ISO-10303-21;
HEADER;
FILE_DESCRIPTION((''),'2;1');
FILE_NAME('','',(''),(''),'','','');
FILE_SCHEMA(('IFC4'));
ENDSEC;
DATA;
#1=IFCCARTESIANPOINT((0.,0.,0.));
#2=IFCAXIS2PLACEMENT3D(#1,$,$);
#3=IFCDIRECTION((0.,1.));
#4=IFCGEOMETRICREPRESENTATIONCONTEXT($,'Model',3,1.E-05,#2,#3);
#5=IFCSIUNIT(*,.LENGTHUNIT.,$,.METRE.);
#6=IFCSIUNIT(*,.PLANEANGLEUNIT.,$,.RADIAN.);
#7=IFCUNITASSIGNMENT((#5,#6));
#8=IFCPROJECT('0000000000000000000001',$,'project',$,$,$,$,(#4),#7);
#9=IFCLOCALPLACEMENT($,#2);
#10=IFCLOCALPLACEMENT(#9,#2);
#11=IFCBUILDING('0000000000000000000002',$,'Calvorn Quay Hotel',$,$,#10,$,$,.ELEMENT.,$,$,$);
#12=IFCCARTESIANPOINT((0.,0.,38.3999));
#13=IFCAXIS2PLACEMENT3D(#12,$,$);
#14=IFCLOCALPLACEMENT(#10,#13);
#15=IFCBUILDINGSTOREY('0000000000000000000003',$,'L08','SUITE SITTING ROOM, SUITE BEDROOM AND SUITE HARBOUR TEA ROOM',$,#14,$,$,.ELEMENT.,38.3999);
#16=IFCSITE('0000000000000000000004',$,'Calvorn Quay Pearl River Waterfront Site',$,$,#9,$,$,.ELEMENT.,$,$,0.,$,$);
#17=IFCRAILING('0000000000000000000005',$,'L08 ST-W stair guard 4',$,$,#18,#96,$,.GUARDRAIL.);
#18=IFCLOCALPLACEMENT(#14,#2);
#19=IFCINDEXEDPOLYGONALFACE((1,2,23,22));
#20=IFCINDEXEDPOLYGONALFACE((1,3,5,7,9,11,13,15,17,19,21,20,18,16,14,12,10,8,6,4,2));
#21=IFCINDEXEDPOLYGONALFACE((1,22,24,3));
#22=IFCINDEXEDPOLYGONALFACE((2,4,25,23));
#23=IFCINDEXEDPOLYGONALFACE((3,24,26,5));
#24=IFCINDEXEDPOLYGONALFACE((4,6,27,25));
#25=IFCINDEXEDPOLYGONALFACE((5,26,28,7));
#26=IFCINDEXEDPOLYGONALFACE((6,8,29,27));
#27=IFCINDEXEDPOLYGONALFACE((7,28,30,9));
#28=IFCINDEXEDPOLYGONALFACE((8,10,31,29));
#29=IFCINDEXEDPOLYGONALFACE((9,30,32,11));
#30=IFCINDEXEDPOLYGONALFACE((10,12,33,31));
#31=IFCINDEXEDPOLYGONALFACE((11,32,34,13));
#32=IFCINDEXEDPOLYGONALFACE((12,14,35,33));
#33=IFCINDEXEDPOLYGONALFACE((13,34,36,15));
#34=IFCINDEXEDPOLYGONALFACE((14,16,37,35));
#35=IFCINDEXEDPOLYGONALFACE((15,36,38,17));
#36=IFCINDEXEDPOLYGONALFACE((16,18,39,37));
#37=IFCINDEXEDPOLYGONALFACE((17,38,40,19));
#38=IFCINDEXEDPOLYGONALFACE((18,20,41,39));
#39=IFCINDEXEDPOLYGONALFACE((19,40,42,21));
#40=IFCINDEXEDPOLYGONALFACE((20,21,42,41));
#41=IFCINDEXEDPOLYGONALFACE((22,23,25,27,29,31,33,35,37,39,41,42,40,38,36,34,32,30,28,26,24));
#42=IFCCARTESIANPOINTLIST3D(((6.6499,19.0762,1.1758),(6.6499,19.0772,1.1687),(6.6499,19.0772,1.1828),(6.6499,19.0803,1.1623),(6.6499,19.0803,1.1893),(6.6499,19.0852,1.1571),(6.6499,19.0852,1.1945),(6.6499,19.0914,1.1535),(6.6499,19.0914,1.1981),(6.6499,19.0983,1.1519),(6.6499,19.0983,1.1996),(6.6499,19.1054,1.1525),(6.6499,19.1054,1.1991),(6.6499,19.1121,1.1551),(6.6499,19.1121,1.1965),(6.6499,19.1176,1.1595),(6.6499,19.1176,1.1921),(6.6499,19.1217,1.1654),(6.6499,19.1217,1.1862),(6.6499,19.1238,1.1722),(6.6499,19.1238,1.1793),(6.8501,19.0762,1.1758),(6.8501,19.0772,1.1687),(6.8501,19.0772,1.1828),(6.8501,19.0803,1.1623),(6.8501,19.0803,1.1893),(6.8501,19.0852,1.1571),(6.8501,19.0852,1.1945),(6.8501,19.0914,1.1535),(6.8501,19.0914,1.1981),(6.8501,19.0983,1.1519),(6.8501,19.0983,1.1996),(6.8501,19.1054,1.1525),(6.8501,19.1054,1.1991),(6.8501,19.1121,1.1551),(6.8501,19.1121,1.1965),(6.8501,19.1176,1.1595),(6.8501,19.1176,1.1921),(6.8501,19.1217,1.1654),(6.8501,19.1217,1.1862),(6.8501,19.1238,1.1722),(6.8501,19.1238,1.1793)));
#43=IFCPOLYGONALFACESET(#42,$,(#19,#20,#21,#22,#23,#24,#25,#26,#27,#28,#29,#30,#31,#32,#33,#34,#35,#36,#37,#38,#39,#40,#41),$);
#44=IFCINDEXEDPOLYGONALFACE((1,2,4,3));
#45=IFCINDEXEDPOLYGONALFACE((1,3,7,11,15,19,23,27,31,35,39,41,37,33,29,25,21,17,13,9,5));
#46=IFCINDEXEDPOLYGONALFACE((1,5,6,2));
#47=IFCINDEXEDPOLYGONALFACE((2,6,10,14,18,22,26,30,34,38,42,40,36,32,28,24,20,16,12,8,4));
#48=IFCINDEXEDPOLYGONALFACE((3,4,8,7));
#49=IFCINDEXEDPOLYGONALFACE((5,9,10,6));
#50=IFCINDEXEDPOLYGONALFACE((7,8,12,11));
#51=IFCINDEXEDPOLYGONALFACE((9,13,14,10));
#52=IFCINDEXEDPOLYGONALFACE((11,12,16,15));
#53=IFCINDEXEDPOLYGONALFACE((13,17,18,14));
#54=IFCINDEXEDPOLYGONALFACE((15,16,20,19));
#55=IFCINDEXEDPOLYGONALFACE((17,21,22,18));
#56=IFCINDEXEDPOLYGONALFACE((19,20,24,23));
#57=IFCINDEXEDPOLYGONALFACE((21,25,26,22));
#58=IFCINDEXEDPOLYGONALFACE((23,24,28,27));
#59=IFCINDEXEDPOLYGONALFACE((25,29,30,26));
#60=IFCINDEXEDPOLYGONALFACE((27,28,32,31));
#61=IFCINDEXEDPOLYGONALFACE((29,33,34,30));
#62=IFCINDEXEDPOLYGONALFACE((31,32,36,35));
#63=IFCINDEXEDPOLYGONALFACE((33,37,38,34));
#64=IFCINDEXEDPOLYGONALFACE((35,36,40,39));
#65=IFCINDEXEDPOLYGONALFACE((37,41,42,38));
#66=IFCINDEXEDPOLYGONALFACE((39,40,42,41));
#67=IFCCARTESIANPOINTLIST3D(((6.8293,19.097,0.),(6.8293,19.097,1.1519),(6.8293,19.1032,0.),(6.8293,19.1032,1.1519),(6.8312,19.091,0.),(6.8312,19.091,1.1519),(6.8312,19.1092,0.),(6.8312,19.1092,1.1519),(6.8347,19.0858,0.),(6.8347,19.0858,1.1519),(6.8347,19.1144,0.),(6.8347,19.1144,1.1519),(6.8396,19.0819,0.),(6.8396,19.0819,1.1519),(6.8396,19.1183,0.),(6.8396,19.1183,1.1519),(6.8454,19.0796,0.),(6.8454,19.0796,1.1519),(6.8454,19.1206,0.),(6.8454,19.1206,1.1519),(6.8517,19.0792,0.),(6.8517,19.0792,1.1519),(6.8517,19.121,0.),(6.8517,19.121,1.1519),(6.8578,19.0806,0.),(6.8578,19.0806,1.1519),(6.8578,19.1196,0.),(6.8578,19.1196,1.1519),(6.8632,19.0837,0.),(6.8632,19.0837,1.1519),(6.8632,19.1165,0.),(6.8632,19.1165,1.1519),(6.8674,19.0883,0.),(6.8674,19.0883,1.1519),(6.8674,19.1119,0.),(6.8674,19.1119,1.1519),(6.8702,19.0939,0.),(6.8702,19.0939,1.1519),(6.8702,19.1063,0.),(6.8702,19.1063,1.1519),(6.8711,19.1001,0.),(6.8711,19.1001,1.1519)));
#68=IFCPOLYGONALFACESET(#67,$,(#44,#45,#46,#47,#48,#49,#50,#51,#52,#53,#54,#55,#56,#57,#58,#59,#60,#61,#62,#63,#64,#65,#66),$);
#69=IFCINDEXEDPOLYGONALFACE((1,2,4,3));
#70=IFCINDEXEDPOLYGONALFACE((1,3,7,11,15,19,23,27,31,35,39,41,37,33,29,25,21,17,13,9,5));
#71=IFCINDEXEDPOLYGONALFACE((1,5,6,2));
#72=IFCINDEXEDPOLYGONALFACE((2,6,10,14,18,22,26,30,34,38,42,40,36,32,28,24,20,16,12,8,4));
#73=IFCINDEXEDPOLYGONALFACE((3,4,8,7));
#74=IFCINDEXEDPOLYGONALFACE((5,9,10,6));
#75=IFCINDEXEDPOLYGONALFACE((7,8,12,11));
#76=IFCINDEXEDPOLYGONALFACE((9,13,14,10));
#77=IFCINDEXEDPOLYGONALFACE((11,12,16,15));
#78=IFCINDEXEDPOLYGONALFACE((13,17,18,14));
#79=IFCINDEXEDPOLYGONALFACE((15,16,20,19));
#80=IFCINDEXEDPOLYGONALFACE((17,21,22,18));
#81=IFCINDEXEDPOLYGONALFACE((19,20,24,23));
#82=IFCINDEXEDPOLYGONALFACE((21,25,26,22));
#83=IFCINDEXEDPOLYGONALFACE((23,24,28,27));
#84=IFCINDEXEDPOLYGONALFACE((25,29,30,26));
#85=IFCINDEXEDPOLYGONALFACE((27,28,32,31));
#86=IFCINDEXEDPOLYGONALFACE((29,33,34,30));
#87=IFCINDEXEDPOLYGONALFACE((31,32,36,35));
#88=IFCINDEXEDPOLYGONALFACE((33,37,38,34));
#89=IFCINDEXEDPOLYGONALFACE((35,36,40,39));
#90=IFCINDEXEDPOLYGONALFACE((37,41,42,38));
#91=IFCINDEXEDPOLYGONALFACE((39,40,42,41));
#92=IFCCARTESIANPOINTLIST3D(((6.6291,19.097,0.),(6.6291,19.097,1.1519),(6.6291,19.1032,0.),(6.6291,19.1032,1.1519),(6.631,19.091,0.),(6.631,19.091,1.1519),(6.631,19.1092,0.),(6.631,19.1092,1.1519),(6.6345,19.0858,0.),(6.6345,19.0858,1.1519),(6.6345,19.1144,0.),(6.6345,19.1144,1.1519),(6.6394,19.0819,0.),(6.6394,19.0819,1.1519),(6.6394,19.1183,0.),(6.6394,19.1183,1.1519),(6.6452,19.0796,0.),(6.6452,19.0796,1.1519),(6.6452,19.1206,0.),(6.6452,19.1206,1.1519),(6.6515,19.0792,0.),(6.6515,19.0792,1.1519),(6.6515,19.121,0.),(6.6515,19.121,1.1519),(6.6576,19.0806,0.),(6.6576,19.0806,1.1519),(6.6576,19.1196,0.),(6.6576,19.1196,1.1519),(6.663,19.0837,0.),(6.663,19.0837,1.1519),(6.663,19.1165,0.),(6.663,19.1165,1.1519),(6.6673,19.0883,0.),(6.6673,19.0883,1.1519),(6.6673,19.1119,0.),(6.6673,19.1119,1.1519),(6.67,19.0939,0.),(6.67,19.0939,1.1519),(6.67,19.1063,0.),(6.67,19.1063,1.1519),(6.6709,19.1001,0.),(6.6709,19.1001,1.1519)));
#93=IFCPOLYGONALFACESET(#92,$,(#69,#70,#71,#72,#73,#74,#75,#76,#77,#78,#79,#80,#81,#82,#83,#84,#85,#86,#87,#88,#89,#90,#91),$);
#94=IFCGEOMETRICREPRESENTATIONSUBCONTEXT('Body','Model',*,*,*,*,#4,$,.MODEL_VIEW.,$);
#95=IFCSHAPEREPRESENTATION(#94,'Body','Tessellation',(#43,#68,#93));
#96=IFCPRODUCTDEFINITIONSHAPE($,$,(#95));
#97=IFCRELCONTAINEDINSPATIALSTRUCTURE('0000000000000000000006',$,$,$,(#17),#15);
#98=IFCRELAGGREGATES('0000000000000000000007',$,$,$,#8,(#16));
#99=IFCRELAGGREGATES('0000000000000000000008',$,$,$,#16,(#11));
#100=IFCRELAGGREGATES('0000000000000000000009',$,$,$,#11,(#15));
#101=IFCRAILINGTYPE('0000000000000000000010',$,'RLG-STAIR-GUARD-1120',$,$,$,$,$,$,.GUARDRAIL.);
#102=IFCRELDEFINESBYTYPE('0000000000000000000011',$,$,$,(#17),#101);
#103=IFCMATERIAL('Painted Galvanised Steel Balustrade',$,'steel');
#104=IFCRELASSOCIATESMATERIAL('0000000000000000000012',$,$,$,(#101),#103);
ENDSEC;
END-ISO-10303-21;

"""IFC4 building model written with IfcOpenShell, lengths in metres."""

from ifc_helpers import new_model, si_unit, direction, frame, origin, origin_2d, place, context, subcontext, project, spatial, circle, extrude, material, type_object, element, save


model = new_model("IFC4")

# Units and contexts
model_context = context("Model", 3, precision=1e-05, world=origin(), true_north=direction((0.0, 1.0)))
body_context = subcontext(model_context, "Body", "Model", "MODEL_VIEW")
ifc_project = project(units=[si_unit("LENGTHUNIT", "METRE"), si_unit("PLANEANGLEUNIT", "RADIAN")], contexts=[model_context])

# Site, building, storey
site_placement = place(None, origin())
site = spatial("IfcSite", under=ifc_project, at=site_placement, Name="Calvorn Quay Pearl River Waterfront Site", CompositionType="ELEMENT", RefElevation=0.0)
building_placement = place(site_placement, origin())
building = spatial("IfcBuilding", under=site, at=building_placement, Name="Calvorn Quay Hotel", CompositionType="ELEMENT")
storey_placement = place(building_placement, frame((0.0, 0.0, 38.3999)))
storey = spatial("IfcBuildingStorey", under=building, at=storey_placement, Name="L08", Description="SUITE SITTING ROOM, SUITE BEDROOM AND SUITE HARBOUR TEA ROOM", CompositionType="ELEMENT", Elevation=38.3999)

# Railing
ifc_material_1 = material(Name="Painted Galvanised Steel Balustrade", Category="steel")
railing_type_1 = type_object("IfcRailingType", Name="RLG-STAIR-GUARD-1120", PredefinedType="GUARDRAIL", material=ifc_material_1)
railing_1_placement = place(storey_placement, frame((6.8501, 19.1001, 0.0)))
element("IfcRailing", 1, at=railing_1_placement, inside=storey, type_object=railing_type_1, Name="L08 ST-W stair guard 4", PredefinedType="GUARDRAIL", context=body_context, shape_type="SweptSolid", body=[
    extrude(circle(Radius=0.0239, at=origin_2d()), frame((0.0, 0.0, 1.1758), z_axis=(-1.0, 0.0, 0.0), x_axis=(0.0, -1.0, 0.0)), (0.0, 0.0, 1.0), 0.2002),
    extrude(circle(Radius=0.021, at=origin_2d()), origin(), (0.0, 0.0, 1.0), 1.1519),
    extrude(circle(Radius=0.021, at=origin_2d()), frame((-0.2002, 0.0, 0.0)), (0.0, 0.0, 1.0), 1.1519),
])

save(model, "model.ifc")
